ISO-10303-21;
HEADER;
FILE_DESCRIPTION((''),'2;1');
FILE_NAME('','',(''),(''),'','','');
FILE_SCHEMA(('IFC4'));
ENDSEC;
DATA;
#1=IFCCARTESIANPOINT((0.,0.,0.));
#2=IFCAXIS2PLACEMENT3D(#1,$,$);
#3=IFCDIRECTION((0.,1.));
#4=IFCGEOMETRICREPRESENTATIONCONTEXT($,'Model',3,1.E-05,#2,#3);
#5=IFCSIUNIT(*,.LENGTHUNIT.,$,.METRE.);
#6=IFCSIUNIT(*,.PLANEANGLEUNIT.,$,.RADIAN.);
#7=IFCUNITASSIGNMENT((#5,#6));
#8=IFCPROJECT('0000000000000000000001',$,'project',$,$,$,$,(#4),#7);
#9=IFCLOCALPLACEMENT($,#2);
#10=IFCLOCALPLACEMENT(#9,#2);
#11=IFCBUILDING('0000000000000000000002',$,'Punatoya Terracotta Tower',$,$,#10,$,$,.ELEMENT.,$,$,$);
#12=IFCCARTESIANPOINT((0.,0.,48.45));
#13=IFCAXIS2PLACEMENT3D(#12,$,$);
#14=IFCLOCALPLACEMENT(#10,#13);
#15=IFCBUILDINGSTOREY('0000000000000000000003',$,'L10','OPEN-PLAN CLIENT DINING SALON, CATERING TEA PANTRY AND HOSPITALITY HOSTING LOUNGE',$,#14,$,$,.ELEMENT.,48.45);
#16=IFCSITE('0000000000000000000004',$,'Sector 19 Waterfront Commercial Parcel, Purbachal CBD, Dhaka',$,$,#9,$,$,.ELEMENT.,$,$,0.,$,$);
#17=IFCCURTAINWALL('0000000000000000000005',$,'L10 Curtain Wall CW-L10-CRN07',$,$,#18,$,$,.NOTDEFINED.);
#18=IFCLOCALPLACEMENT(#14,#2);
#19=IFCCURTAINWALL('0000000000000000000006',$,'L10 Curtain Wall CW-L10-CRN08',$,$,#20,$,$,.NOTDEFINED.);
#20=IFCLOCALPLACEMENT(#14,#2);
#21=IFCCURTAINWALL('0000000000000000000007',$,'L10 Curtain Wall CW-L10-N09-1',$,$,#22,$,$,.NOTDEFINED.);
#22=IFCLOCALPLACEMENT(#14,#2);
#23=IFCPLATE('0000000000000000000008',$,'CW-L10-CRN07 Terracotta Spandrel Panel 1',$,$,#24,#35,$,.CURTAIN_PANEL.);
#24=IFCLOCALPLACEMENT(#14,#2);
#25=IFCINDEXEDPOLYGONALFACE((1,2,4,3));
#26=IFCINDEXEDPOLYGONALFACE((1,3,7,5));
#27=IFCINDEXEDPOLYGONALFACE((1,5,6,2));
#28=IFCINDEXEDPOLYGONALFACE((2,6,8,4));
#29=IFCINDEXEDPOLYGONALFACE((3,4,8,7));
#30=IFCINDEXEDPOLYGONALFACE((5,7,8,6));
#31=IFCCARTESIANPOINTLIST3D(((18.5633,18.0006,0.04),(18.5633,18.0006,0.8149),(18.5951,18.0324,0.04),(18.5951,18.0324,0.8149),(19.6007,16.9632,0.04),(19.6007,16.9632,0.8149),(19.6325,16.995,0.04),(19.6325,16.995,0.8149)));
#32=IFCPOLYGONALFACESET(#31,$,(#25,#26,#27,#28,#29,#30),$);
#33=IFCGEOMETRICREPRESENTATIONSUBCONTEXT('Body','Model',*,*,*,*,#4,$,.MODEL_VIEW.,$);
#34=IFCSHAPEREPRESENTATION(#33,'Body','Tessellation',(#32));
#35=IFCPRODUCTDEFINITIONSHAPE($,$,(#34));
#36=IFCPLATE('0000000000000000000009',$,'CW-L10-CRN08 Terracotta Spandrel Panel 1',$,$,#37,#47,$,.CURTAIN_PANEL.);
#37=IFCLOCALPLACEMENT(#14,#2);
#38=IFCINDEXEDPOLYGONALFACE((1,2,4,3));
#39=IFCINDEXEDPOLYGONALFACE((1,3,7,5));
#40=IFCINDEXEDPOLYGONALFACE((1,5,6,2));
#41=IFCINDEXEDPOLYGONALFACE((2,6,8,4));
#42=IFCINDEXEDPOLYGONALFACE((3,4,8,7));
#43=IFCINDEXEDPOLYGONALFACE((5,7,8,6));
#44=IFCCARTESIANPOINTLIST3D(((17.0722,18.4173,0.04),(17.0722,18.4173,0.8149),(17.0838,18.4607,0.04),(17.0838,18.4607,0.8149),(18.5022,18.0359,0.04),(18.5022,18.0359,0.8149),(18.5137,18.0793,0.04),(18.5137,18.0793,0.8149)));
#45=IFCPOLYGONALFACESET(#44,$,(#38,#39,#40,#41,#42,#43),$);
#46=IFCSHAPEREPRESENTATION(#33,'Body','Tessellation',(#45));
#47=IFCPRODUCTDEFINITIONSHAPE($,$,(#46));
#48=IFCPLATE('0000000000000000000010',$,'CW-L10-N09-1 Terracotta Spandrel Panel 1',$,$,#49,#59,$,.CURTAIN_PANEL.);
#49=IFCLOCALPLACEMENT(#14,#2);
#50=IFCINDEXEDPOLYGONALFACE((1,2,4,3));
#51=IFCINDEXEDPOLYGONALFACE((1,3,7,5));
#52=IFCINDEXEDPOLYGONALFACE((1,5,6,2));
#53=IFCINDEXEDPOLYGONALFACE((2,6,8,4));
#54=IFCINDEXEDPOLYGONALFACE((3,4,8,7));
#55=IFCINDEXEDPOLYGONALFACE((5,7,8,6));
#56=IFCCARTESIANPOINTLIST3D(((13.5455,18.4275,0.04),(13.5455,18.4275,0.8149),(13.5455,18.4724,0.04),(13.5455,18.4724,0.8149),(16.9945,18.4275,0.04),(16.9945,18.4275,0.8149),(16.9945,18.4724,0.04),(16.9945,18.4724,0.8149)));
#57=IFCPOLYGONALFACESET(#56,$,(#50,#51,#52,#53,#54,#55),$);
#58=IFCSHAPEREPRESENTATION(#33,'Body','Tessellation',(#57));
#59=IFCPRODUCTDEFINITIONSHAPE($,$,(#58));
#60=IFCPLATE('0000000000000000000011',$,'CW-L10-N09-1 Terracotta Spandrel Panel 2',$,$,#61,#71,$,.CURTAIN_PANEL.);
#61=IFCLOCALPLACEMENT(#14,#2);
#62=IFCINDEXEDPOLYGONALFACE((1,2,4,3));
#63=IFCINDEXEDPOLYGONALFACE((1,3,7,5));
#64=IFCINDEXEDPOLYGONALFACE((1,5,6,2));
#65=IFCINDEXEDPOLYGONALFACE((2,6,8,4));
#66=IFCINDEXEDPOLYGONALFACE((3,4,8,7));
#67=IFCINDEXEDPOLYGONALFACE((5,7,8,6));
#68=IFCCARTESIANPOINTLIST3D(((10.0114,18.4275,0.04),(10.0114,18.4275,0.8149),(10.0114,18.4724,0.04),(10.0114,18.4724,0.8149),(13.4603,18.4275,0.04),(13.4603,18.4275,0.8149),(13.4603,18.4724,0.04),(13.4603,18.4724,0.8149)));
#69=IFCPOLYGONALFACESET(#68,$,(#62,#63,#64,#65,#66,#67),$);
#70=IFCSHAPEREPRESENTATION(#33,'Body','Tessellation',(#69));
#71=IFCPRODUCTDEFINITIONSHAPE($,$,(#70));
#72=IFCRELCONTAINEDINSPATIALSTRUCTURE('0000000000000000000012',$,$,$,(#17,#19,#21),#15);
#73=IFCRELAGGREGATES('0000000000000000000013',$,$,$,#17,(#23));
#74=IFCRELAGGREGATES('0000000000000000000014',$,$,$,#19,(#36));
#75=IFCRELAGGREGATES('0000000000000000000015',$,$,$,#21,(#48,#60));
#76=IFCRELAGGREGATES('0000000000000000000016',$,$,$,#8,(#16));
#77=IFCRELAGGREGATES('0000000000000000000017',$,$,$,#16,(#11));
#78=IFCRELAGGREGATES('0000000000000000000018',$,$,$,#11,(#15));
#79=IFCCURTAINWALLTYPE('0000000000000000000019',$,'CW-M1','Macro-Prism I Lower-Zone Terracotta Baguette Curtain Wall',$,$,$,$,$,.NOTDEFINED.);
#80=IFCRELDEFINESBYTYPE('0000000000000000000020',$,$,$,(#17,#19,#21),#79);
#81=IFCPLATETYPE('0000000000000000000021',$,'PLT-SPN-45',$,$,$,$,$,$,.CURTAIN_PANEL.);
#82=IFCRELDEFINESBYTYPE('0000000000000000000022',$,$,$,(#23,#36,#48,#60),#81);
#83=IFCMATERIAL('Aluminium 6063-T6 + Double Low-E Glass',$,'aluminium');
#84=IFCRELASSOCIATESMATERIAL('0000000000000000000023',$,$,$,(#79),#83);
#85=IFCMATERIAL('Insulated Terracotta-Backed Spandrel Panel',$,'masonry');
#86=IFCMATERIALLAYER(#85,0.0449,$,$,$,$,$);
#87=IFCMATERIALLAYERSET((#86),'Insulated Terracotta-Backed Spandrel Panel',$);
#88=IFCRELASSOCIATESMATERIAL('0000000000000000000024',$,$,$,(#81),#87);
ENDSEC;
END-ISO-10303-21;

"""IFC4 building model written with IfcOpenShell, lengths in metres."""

from ifc_helpers import new_model, si_unit, direction, frame, origin, origin_2d, place, context, subcontext, project, spatial, rectangle, extrude, material, layer, layer_set, type_object, element, aggregate, save


model = new_model("IFC4")

# Units and contexts
model_context = context("Model", 3, precision=1e-05, world=origin(), true_north=direction((0.0, 1.0)))
body_context = subcontext(model_context, "Body", "Model", "MODEL_VIEW")
ifc_project = project(units=[si_unit("LENGTHUNIT", "METRE"), si_unit("PLANEANGLEUNIT", "RADIAN")], contexts=[model_context])

# Site, building, storey
site_placement = place(None, origin())
site = spatial("IfcSite", under=ifc_project, at=site_placement, Name="Sector 19 Waterfront Commercial Parcel, Purbachal CBD, Dhaka", CompositionType="ELEMENT", RefElevation=0.0)
building_placement = place(site_placement, origin())
building = spatial("IfcBuilding", under=site, at=building_placement, Name="Punatoya Terracotta Tower", CompositionType="ELEMENT")
storey_placement = place(building_placement, frame((0.0, 0.0, 48.45)))
storey = spatial("IfcBuildingStorey", under=building, at=storey_placement, Name="L10", Description="OPEN-PLAN CLIENT DINING SALON, CATERING TEA PANTRY AND HOSPITALITY HOSTING LOUNGE", CompositionType="ELEMENT", Elevation=48.45)

# Shared definitions
ifc_material_1 = material(Name="Aluminium 6063-T6 + Double Low-E Glass", Category="aluminium")
curtain_wall_type = type_object("IfcCurtainWallType", Name="CW-M1", Description="Macro-Prism I Lower-Zone Terracotta Baguette Curtain Wall", PredefinedType="NOTDEFINED", material=ifc_material_1)

# Curtain walls
curtain_wall_1_placement = place(storey_placement, origin())
curtain_wall_1 = element("IfcCurtainWall", 1, at=curtain_wall_1_placement, inside=storey, type_object=curtain_wall_type, Name="L10 Curtain Wall CW-L10-CRN07", PredefinedType="NOTDEFINED")
curtain_wall_2_placement = place(storey_placement, origin())
curtain_wall_2 = element("IfcCurtainWall", 2, at=curtain_wall_2_placement, inside=storey, type_object=curtain_wall_type, Name="L10 Curtain Wall CW-L10-CRN08", PredefinedType="NOTDEFINED")
curtain_wall_3_placement = place(storey_placement, origin())
curtain_wall_3 = element("IfcCurtainWall", 3, at=curtain_wall_3_placement, inside=storey, type_object=curtain_wall_type, Name="L10 Curtain Wall CW-L10-N09-1", PredefinedType="NOTDEFINED")

# Plates
ifc_material_2 = material(Name="Insulated Terracotta-Backed Spandrel Panel", Category="masonry")
ifc_layer_1 = layer(ifc_material_2, 0.0449)
ifc_layer_set_1 = layer_set([ifc_layer_1], Name="Insulated Terracotta-Backed Spandrel Panel")
plate_type_1 = type_object("IfcPlateType", Name="PLT-SPN-45", PredefinedType="CURTAIN_PANEL", material=ifc_layer_set_1)
plate_1_placement = place(storey_placement, frame((19.0979, 17.4978, 0.04), z_axis=(0.0, 0.0, 1.0), x_axis=(-0.707107, 0.707107, 0.0)))
plate_1 = element("IfcPlate", 4, at=plate_1_placement, type_object=plate_type_1, Name="CW-L10-CRN07 Terracotta Spandrel Panel 1", PredefinedType="CURTAIN_PANEL", context=body_context, shape_type="SweptSolid", body=[
    extrude(rectangle(XDim=1.467, YDim=0.0449, at=origin_2d()), origin(), (0.0, 0.0, 1.0), 0.7749),
])
aggregate(curtain_wall_1, [plate_1])
plate_2_placement = place(storey_placement, frame((17.793, 18.2483, 0.04), z_axis=(0.0, 0.0, 1.0), x_axis=(-0.966214, 0.257742, 0.0)))
plate_2 = element("IfcPlate", 5, at=plate_2_placement, type_object=plate_type_1, Name="CW-L10-CRN08 Terracotta Spandrel Panel 1", PredefinedType="CURTAIN_PANEL", context=body_context, shape_type="SweptSolid", body=[
    extrude(rectangle(XDim=1.48, YDim=0.0449, at=origin_2d()), origin(), (0.0, 0.0, 1.0), 0.7749),
])
aggregate(curtain_wall_2, [plate_2])
plate_3_placement = place(storey_placement, frame((15.27, 18.45, 0.04), z_axis=(0.0, 0.0, 1.0), x_axis=(-1.0, 0.0, 0.0)))
plate_3 = element("IfcPlate", 6, at=plate_3_placement, type_object=plate_type_1, Name="CW-L10-N09-1 Terracotta Spandrel Panel 1", PredefinedType="CURTAIN_PANEL", context=body_context, shape_type="SweptSolid", body=[
    extrude(rectangle(XDim=3.449, YDim=0.0449, at=origin_2d()), origin(), (0.0, 0.0, 1.0), 0.7749),
])
plate_4_placement = place(storey_placement, frame((11.7358, 18.45, 0.04), z_axis=(0.0, 0.0, 1.0), x_axis=(-1.0, 0.0, 0.0)))
plate_4 = element("IfcPlate", 7, at=plate_4_placement, type_object=plate_type_1, Name="CW-L10-N09-1 Terracotta Spandrel Panel 2", PredefinedType="CURTAIN_PANEL", context=body_context, shape_type="SweptSolid", body=[
    extrude(rectangle(XDim=3.449, YDim=0.0449, at=origin_2d()), origin(), (0.0, 0.0, 1.0), 0.7749),
])
aggregate(curtain_wall_3, [plate_3, plate_4])

save(model, "model.ifc")
